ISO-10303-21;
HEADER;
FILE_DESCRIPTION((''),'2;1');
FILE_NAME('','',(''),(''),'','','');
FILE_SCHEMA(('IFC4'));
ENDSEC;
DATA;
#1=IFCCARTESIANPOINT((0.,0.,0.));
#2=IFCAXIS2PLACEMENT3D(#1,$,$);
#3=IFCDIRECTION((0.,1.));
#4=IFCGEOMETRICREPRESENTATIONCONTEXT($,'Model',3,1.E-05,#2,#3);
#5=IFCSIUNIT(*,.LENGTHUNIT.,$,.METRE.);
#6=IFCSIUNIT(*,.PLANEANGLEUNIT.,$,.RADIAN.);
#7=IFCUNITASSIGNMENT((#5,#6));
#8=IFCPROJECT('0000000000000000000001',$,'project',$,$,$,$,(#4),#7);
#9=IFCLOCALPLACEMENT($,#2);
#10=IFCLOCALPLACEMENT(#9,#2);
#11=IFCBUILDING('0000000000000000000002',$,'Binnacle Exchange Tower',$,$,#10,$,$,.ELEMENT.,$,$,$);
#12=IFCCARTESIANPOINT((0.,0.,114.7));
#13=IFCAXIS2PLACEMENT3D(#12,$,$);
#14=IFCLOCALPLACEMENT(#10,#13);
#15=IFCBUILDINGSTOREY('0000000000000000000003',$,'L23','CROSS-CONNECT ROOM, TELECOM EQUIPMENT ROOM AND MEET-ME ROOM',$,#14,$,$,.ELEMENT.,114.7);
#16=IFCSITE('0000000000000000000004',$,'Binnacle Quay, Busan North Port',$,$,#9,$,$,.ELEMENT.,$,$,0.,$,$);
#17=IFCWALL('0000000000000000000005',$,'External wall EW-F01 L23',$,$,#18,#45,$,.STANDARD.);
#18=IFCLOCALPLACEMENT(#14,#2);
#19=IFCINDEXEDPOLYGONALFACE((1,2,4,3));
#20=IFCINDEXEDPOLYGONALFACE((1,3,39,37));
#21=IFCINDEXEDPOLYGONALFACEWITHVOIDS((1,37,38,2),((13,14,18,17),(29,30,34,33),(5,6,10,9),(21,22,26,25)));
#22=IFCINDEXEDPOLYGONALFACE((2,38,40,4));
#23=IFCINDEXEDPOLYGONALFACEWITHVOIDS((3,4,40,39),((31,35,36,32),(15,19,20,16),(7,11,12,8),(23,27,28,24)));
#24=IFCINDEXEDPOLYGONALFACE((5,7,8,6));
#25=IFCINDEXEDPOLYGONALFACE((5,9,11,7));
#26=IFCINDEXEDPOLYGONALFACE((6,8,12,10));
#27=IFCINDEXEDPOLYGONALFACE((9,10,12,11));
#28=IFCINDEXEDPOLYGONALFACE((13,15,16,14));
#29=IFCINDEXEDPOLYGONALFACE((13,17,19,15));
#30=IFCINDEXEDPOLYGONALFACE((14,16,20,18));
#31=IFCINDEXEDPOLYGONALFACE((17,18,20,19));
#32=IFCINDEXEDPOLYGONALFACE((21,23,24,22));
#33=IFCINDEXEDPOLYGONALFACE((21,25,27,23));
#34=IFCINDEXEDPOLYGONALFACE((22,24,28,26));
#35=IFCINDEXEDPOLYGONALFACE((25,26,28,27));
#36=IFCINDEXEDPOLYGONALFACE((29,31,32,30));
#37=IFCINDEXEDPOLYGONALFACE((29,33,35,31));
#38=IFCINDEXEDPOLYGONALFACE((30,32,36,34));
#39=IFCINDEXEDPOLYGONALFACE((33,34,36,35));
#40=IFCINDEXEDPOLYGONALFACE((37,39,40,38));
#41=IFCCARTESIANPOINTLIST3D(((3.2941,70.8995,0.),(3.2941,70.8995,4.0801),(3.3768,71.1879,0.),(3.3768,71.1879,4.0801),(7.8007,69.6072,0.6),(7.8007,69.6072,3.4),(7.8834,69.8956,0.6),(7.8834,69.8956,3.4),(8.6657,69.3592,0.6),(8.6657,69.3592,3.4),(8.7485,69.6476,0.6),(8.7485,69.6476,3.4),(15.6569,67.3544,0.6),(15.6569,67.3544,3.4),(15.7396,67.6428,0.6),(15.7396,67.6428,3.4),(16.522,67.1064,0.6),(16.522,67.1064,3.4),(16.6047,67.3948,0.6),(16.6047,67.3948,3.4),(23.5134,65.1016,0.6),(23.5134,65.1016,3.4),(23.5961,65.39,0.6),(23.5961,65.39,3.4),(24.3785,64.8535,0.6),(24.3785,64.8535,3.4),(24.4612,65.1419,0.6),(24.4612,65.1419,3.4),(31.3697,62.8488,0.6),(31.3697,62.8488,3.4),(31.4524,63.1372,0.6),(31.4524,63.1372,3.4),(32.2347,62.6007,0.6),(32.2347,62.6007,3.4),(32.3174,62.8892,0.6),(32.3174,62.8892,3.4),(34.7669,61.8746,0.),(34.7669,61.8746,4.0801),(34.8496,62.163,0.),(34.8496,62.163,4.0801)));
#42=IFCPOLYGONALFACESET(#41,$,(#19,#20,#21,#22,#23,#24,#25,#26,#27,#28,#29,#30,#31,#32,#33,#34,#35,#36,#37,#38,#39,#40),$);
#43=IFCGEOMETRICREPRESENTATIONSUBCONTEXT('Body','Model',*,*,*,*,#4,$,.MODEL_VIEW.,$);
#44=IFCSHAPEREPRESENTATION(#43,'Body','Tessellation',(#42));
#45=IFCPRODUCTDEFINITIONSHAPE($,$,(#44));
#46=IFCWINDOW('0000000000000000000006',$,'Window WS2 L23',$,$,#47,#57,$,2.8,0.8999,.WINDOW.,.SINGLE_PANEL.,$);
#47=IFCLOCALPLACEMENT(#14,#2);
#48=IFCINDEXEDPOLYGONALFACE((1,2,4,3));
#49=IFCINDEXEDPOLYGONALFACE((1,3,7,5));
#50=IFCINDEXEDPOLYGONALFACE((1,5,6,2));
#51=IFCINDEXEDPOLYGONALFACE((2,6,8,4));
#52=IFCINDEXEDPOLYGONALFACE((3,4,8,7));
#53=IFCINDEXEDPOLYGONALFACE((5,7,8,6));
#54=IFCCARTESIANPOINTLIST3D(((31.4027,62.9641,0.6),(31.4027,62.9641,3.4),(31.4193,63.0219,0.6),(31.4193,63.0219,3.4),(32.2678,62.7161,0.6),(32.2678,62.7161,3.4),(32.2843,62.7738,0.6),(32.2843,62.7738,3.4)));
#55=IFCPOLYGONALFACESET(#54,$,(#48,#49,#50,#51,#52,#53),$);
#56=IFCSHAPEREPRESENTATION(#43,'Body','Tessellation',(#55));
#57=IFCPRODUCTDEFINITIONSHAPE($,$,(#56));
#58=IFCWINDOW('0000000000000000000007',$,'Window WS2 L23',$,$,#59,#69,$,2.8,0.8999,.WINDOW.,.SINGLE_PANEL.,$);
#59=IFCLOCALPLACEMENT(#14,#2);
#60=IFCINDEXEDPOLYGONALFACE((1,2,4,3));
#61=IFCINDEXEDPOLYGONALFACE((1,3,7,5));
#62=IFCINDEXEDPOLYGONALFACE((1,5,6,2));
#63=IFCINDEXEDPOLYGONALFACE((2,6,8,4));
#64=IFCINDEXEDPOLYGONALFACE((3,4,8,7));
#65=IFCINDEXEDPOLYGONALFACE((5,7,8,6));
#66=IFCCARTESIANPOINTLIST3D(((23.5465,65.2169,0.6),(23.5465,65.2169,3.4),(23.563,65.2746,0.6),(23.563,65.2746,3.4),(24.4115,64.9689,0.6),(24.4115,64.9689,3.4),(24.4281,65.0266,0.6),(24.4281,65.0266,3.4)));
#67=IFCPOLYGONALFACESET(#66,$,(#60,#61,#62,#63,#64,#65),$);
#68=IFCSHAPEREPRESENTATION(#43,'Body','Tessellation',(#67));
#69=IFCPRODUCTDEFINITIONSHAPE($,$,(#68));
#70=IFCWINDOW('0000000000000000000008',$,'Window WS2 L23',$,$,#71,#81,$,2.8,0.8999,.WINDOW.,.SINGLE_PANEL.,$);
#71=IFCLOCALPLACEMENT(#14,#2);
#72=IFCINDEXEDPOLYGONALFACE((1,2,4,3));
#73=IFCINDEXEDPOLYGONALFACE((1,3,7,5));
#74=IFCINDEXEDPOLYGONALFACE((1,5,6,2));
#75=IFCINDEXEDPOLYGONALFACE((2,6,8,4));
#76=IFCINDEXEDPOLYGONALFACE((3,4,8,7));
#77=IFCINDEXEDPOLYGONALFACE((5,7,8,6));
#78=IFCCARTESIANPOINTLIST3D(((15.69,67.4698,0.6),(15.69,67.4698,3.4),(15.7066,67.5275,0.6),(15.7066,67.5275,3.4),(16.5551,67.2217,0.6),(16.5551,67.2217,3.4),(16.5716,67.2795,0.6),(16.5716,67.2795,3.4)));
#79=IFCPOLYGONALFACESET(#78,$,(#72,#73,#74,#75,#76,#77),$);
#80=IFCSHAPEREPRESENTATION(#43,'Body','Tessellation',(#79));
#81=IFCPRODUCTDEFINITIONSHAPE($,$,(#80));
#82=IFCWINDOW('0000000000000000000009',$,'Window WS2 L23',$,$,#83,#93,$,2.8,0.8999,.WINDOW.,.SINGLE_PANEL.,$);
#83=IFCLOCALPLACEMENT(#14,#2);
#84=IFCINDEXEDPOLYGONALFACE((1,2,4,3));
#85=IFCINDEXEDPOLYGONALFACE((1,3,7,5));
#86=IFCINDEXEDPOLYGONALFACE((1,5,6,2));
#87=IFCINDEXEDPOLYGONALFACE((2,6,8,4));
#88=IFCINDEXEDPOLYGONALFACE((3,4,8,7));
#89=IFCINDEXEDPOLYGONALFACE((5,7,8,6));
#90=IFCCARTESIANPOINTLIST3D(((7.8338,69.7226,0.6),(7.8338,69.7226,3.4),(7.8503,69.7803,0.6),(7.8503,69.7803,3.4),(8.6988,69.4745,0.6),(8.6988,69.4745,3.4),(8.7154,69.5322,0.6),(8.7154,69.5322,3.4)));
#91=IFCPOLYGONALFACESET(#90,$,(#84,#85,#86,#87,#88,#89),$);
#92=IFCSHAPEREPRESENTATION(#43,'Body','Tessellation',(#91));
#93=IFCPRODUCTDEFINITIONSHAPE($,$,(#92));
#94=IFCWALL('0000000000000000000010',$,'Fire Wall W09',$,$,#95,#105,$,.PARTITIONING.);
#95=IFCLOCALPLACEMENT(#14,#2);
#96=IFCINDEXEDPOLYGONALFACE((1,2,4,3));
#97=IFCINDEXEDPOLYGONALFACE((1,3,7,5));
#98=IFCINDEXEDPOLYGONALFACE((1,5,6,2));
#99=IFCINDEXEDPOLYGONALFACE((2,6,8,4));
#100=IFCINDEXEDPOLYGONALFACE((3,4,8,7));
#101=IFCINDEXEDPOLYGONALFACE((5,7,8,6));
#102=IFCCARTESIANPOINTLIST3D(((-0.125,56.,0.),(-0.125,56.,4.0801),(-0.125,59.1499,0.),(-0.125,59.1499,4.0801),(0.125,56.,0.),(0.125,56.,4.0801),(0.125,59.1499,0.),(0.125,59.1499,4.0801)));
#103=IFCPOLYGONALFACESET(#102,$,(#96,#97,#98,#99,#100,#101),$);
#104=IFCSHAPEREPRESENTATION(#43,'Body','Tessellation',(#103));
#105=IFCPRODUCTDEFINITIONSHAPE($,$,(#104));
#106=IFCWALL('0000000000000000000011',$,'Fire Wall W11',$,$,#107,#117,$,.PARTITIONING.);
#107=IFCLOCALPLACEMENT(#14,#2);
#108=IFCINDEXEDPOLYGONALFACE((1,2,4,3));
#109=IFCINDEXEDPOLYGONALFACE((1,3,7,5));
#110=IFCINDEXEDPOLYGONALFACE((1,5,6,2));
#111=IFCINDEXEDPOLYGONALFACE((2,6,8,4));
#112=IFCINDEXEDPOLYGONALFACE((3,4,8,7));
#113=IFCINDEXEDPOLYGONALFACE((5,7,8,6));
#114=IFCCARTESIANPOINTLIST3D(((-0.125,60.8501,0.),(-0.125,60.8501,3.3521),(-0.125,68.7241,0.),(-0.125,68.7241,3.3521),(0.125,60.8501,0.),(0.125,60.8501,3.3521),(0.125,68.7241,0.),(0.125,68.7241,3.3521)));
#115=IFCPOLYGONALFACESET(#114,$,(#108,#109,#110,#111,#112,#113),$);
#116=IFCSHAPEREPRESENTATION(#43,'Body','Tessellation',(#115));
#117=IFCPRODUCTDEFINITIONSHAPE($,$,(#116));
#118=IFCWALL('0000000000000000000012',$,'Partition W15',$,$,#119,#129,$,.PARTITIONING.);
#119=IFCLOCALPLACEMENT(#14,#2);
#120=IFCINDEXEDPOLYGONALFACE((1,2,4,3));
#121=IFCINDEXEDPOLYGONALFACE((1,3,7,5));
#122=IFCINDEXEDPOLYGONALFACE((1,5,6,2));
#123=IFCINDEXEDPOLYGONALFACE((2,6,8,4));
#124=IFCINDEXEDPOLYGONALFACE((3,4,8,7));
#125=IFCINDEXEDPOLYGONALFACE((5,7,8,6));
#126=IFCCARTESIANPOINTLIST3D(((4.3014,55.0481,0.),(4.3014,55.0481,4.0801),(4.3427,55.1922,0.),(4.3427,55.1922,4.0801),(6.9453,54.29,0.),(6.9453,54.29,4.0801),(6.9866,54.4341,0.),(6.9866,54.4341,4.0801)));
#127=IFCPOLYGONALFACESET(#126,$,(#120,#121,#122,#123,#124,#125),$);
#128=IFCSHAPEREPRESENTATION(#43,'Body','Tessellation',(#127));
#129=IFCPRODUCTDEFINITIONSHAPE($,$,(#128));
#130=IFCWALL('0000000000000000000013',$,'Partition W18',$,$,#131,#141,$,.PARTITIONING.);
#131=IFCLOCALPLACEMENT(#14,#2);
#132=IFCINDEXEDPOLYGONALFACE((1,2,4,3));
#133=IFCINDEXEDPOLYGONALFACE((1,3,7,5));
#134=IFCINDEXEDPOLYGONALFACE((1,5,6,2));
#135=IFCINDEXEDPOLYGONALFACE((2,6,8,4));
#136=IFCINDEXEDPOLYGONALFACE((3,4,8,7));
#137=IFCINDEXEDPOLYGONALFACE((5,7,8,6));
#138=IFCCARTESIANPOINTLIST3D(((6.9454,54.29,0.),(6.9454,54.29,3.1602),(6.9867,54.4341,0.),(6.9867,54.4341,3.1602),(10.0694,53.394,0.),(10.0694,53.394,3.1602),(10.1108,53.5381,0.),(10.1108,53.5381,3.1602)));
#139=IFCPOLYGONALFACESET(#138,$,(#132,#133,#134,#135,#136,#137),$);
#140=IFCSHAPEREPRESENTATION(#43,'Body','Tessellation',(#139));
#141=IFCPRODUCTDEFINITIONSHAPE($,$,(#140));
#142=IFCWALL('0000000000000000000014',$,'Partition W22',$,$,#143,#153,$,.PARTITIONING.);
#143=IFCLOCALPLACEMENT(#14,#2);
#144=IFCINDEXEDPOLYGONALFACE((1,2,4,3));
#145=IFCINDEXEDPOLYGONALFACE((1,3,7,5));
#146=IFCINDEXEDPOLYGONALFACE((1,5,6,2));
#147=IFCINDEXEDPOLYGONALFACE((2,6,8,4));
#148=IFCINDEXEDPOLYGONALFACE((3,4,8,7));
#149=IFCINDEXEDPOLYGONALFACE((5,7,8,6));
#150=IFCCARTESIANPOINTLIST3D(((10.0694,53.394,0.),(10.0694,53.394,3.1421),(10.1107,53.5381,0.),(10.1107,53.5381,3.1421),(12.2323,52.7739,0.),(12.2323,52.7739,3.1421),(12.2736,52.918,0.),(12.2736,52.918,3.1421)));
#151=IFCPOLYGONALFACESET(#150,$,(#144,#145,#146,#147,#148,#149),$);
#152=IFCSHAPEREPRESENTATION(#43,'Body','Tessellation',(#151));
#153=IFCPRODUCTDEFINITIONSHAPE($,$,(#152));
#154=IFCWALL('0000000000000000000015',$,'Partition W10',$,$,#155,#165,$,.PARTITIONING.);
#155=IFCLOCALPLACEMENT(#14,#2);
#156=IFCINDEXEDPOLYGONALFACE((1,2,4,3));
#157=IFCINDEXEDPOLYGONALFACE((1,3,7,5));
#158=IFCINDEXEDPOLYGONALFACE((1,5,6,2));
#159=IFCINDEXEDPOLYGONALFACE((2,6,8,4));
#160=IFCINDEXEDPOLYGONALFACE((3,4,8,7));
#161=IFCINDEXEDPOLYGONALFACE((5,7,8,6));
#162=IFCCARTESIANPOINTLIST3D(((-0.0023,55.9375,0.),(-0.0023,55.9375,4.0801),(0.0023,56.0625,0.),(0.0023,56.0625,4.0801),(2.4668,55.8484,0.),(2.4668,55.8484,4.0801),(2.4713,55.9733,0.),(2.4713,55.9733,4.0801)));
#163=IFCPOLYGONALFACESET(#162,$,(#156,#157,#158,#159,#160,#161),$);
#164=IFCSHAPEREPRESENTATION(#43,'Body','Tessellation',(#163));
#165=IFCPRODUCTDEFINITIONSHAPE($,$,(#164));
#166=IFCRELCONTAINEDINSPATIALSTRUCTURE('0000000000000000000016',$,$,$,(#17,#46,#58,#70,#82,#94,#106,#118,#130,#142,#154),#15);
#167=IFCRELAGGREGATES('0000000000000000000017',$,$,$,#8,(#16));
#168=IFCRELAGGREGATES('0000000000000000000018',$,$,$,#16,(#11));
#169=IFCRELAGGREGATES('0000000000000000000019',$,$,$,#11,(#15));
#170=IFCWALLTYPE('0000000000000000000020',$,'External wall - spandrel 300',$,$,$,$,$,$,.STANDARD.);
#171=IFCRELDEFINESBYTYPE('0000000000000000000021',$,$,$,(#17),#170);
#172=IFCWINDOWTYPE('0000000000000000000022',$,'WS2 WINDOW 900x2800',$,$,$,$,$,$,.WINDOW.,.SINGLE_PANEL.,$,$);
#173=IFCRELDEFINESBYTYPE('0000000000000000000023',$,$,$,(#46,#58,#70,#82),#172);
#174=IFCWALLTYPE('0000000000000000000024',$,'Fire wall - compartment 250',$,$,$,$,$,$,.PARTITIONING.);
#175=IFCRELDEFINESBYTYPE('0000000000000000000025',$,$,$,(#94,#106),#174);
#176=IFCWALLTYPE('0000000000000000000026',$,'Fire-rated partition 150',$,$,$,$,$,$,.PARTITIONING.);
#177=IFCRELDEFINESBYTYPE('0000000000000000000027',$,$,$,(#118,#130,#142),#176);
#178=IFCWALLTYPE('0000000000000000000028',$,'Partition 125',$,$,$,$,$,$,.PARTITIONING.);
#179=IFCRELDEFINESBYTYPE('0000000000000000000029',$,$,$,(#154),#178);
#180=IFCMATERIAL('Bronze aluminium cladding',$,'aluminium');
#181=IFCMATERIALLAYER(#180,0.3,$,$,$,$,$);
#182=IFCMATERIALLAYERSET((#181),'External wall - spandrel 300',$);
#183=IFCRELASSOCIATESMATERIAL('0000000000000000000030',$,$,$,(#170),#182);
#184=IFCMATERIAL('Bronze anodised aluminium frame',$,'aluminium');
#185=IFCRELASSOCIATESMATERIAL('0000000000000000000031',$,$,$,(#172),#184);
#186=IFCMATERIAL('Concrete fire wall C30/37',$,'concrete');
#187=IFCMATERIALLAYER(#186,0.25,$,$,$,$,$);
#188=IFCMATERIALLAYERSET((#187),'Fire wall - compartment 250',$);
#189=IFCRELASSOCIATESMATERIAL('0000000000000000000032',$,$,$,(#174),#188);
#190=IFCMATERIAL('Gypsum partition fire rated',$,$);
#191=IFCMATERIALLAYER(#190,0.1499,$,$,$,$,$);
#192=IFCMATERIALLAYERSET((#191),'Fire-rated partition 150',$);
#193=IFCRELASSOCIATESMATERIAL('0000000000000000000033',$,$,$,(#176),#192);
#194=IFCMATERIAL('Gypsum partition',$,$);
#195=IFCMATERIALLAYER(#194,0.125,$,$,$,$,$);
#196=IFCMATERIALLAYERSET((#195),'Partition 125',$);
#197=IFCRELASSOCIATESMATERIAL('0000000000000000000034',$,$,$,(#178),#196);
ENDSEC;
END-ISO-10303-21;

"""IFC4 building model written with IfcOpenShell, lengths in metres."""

from ifc_helpers import new_model, si_unit, direction, frame, frame_2d, origin, place, context, subcontext, project, spatial, rectangle, extrude, material, layer, layer_set, type_object, element, fill, save


model = new_model("IFC4")

# Units and contexts
model_context = context("Model", 3, precision=1e-05, world=origin(), true_north=direction((0.0, 1.0)))
body_context = subcontext(model_context, "Body", "Model", "MODEL_VIEW")
ifc_project = project(units=[si_unit("LENGTHUNIT", "METRE"), si_unit("PLANEANGLEUNIT", "RADIAN")], contexts=[model_context])

# Site, building, storey
site_placement = place(None, origin())
site = spatial("IfcSite", under=ifc_project, at=site_placement, Name="Binnacle Quay, Busan North Port", CompositionType="ELEMENT", RefElevation=0.0)
building_placement = place(site_placement, origin())
building = spatial("IfcBuilding", under=site, at=building_placement, Name="Binnacle Exchange Tower", CompositionType="ELEMENT")
storey_placement = place(building_placement, frame((0.0, 0.0, 114.7)))
storey = spatial("IfcBuildingStorey", under=building, at=storey_placement, Name="L23", Description="CROSS-CONNECT ROOM, TELECOM EQUIPMENT ROOM AND MEET-ME ROOM", CompositionType="ELEMENT", Elevation=114.7)

# Wall, openings, windows
ifc_material_1 = material(Name="Bronze aluminium cladding", Category="aluminium")
ifc_layer_1 = layer(ifc_material_1, 0.3)
ifc_layer_set_1 = layer_set([ifc_layer_1], Name="External wall - spandrel 300")
wall_type_1 = type_object("IfcWallType", Name="External wall - spandrel 300", PredefinedType="STANDARD", material=ifc_layer_set_1)
wall_1_placement = place(storey_placement, frame((3.3354, 71.0437, 0.0), z_axis=(0.0, 0.0, 1.0), x_axis=(0.96126, -0.275643, 0.0)))
wall_1 = element("IfcWall", 1, at=wall_1_placement, inside=storey, type_object=wall_type_1, Name="External wall EW-F01 L23", PredefinedType="STANDARD", context=body_context, shape_type="SweptSolid", body=[
    extrude(rectangle(XDim=32.7412, YDim=0.3, at=frame_2d((16.3706, 0.0))), origin(), (0.0, 0.0, 1.0), 4.0801),
])
opening_1_placement = place(wall_1_placement, frame((29.207, 0.0, 0.6001)))
opening_1 = element("IfcOpeningElement", 2, at=opening_1_placement, cuts=wall_1, PredefinedType="OPENING", context=body_context, shape_type="SweptSolid", body=[
    extrude(rectangle(XDim=0.8999, YDim=2.8, at=frame_2d((0.45, 1.3999))), frame((0.0, 0.1599, 0.0), z_axis=(0.0, -1.0, 0.0), x_axis=(1.0, 0.0, 0.0)), (0.0, 0.0, 1.0), 0.3201),
])
opening_2_placement = place(wall_1_placement, frame((21.0342, 0.0, 0.6001)))
opening_2 = element("IfcOpeningElement", 3, at=opening_2_placement, cuts=wall_1, PredefinedType="OPENING", context=body_context, shape_type="SweptSolid", body=[
    extrude(rectangle(XDim=0.8999, YDim=2.8, at=frame_2d((0.45, 1.3999))), frame((0.0, 0.1599, 0.0), z_axis=(0.0, -1.0, 0.0), x_axis=(1.0, 0.0, 0.0)), (0.0, 0.0, 1.0), 0.3201),
])
opening_3_placement = place(wall_1_placement, frame((12.8611, 0.0, 0.6001)))
opening_3 = element("IfcOpeningElement", 4, at=opening_3_placement, cuts=wall_1, PredefinedType="OPENING", context=body_context, shape_type="SweptSolid", body=[
    extrude(rectangle(XDim=0.8999, YDim=2.8, at=frame_2d((0.45, 1.3999))), frame((0.0, 0.1599, 0.0), z_axis=(0.0, -1.0, 0.0), x_axis=(1.0, 0.0, 0.0)), (0.0, 0.0, 1.0), 0.3201),
])
opening_4_placement = place(wall_1_placement, frame((4.6882, 0.0, 0.6001)))
opening_4 = element("IfcOpeningElement", 5, at=opening_4_placement, cuts=wall_1, PredefinedType="OPENING", context=body_context, shape_type="SweptSolid", body=[
    extrude(rectangle(XDim=0.8999, YDim=2.8, at=frame_2d((0.45, 1.3999))), frame((0.0, 0.1599, 0.0), z_axis=(0.0, -1.0, 0.0), x_axis=(1.0, 0.0, 0.0)), (0.0, 0.0, 1.0), 0.3201),
])
ifc_material_2 = material(Name="Bronze anodised aluminium frame", Category="aluminium")
window_type = type_object("IfcWindowType", Name="WS2 WINDOW 900x2800", PartitioningType="SINGLE_PANEL", PredefinedType="WINDOW", material=ifc_material_2)
window_1_placement = place(opening_1_placement, origin())
window_1 = element("IfcWindow", 6, at=window_1_placement, inside=storey, type_object=window_type, Name="Window WS2 L23", OverallHeight=2.8, OverallWidth=0.8999, PartitioningType="SINGLE_PANEL", PredefinedType="WINDOW", context=body_context, shape_type="SweptSolid", body=[
    extrude(rectangle(XDim=0.8999, YDim=2.8, at=frame_2d((0.45, 1.3999))), frame((0.0, 0.03, 0.0), z_axis=(0.0, -1.0, 0.0), x_axis=(1.0, 0.0, 0.0)), (0.0, 0.0, 1.0), 0.0601),
])
fill(opening_1, window_1)
window_2_placement = place(opening_2_placement, origin())
window_2 = element("IfcWindow", 7, at=window_2_placement, inside=storey, type_object=window_type, Name="Window WS2 L23", OverallHeight=2.8, OverallWidth=0.8999, PartitioningType="SINGLE_PANEL", PredefinedType="WINDOW", context=body_context, shape_type="SweptSolid", body=[
    extrude(rectangle(XDim=0.8999, YDim=2.8, at=frame_2d((0.45, 1.3999))), frame((0.0, 0.03, 0.0), z_axis=(0.0, -1.0, 0.0), x_axis=(1.0, 0.0, 0.0)), (0.0, 0.0, 1.0), 0.0601),
])
fill(opening_2, window_2)
window_3_placement = place(opening_3_placement, origin())
window_3 = element("IfcWindow", 8, at=window_3_placement, inside=storey, type_object=window_type, Name="Window WS2 L23", OverallHeight=2.8, OverallWidth=0.8999, PartitioningType="SINGLE_PANEL", PredefinedType="WINDOW", context=body_context, shape_type="SweptSolid", body=[
    extrude(rectangle(XDim=0.8999, YDim=2.8, at=frame_2d((0.45, 1.3999))), frame((0.0, 0.03, 0.0), z_axis=(0.0, -1.0, 0.0), x_axis=(1.0, 0.0, 0.0)), (0.0, 0.0, 1.0), 0.0601),
])
fill(opening_3, window_3)
window_4_placement = place(opening_4_placement, origin())
window_4 = element("IfcWindow", 9, at=window_4_placement, inside=storey, type_object=window_type, Name="Window WS2 L23", OverallHeight=2.8, OverallWidth=0.8999, PartitioningType="SINGLE_PANEL", PredefinedType="WINDOW", context=body_context, shape_type="SweptSolid", body=[
    extrude(rectangle(XDim=0.8999, YDim=2.8, at=frame_2d((0.45, 1.3999))), frame((0.0, 0.03, 0.0), z_axis=(0.0, -1.0, 0.0), x_axis=(1.0, 0.0, 0.0)), (0.0, 0.0, 1.0), 0.0601),
])
fill(opening_4, window_4)

# Walls
ifc_material_3 = material(Name="Concrete fire wall C30/37", Category="concrete")
ifc_layer_2 = layer(ifc_material_3, 0.25)
ifc_layer_set_2 = layer_set([ifc_layer_2], Name="Fire wall - compartment 250")
wall_type_2 = type_object("IfcWallType", Name="Fire wall - compartment 250", PredefinedType="PARTITIONING", material=ifc_layer_set_2)
wall_2_placement = place(storey_placement, frame((0.0, 56.0, 0.0), z_axis=(0.0, 0.0, 1.0), x_axis=(0.0, 1.0, 0.0)))
element("IfcWall", 10, at=wall_2_placement, inside=storey, type_object=wall_type_2, Name="Fire Wall W09", PredefinedType="PARTITIONING", context=body_context, shape_type="SweptSolid", body=[
    extrude(rectangle(XDim=3.1499, YDim=0.25, at=frame_2d((1.575, 0.0))), origin(), (0.0, 0.0, 1.0), 4.0801),
])
wall_3_placement = place(storey_placement, frame((0.0, 60.8501, 0.0), z_axis=(0.0, 0.0, 1.0), x_axis=(0.0, 1.0, 0.0)))
element("IfcWall", 11, at=wall_3_placement, inside=storey, type_object=wall_type_2, Name="Fire Wall W11", PredefinedType="PARTITIONING", context=body_context, shape_type="SweptSolid", body=[
    extrude(rectangle(XDim=7.874, YDim=0.25, at=frame_2d((3.937, 0.0))), origin(), (0.0, 0.0, 1.0), 3.3521),
])
ifc_material_4 = material(Name="Gypsum partition fire rated")
ifc_layer_3 = layer(ifc_material_4, 0.1499)
ifc_layer_set_3 = layer_set([ifc_layer_3], Name="Fire-rated partition 150")
wall_type_3 = type_object("IfcWallType", Name="Fire-rated partition 150", PredefinedType="PARTITIONING", material=ifc_layer_set_3)
wall_4_placement = place(storey_placement, frame((4.322, 55.1201, 0.0), z_axis=(0.0, 0.0, 1.0), x_axis=(0.961272, -0.2756, 0.0)))
element("IfcWall", 12, at=wall_4_placement, inside=storey, type_object=wall_type_3, Name="Partition W15", PredefinedType="PARTITIONING", context=body_context, shape_type="SweptSolid", body=[
    extrude(rectangle(XDim=2.7505, YDim=0.1499, at=frame_2d((1.3752, 0.0))), origin(), (0.0, 0.0, 1.0), 4.0801),
])
wall_5_placement = place(storey_placement, frame((6.9661, 54.3621, 0.0), z_axis=(0.0, 0.0, 1.0), x_axis=(0.961246, -0.275693, 0.0)))
element("IfcWall", 13, at=wall_5_placement, inside=storey, type_object=wall_type_3, Name="Partition W18", PredefinedType="PARTITIONING", context=body_context, shape_type="SweptSolid", body=[
    extrude(rectangle(XDim=3.25, YDim=0.1499, at=frame_2d((1.625, 0.0))), origin(), (0.0, 0.0, 1.0), 3.1602),
])
wall_6_placement = place(storey_placement, frame((10.0901, 53.4661, 0.0), z_axis=(0.0, 0.0, 1.0), x_axis=(0.96127, -0.27561, 0.0)))
element("IfcWall", 14, at=wall_6_placement, inside=storey, type_object=wall_type_3, Name="Partition W22", PredefinedType="PARTITIONING", context=body_context, shape_type="SweptSolid", body=[
    extrude(rectangle(XDim=2.25, YDim=0.1499, at=frame_2d((1.125, 0.0))), origin(), (0.0, 0.0, 1.0), 3.1421),
])
ifc_material_5 = material(Name="Gypsum partition")
ifc_layer_4 = layer(ifc_material_5, 0.125)
ifc_layer_set_4 = layer_set([ifc_layer_4], Name="Partition 125")
wall_type_4 = type_object("IfcWallType", Name="Partition 125", PredefinedType="PARTITIONING", material=ifc_layer_set_4)
wall_7_placement = place(storey_placement, frame((0.0, 56.0, 0.0), z_axis=(0.0, 0.0, 1.0), x_axis=(0.999349, -0.036069, 0.0)))
element("IfcWall", 15, at=wall_7_placement, inside=storey, type_object=wall_type_4, Name="Partition W10", PredefinedType="PARTITIONING", context=body_context, shape_type="SweptSolid", body=[
    extrude(rectangle(XDim=2.4707, YDim=0.125, at=frame_2d((1.2354, 0.0))), origin(), (0.0, 0.0, 1.0), 4.0801),
])

save(model, "model.ifc")
